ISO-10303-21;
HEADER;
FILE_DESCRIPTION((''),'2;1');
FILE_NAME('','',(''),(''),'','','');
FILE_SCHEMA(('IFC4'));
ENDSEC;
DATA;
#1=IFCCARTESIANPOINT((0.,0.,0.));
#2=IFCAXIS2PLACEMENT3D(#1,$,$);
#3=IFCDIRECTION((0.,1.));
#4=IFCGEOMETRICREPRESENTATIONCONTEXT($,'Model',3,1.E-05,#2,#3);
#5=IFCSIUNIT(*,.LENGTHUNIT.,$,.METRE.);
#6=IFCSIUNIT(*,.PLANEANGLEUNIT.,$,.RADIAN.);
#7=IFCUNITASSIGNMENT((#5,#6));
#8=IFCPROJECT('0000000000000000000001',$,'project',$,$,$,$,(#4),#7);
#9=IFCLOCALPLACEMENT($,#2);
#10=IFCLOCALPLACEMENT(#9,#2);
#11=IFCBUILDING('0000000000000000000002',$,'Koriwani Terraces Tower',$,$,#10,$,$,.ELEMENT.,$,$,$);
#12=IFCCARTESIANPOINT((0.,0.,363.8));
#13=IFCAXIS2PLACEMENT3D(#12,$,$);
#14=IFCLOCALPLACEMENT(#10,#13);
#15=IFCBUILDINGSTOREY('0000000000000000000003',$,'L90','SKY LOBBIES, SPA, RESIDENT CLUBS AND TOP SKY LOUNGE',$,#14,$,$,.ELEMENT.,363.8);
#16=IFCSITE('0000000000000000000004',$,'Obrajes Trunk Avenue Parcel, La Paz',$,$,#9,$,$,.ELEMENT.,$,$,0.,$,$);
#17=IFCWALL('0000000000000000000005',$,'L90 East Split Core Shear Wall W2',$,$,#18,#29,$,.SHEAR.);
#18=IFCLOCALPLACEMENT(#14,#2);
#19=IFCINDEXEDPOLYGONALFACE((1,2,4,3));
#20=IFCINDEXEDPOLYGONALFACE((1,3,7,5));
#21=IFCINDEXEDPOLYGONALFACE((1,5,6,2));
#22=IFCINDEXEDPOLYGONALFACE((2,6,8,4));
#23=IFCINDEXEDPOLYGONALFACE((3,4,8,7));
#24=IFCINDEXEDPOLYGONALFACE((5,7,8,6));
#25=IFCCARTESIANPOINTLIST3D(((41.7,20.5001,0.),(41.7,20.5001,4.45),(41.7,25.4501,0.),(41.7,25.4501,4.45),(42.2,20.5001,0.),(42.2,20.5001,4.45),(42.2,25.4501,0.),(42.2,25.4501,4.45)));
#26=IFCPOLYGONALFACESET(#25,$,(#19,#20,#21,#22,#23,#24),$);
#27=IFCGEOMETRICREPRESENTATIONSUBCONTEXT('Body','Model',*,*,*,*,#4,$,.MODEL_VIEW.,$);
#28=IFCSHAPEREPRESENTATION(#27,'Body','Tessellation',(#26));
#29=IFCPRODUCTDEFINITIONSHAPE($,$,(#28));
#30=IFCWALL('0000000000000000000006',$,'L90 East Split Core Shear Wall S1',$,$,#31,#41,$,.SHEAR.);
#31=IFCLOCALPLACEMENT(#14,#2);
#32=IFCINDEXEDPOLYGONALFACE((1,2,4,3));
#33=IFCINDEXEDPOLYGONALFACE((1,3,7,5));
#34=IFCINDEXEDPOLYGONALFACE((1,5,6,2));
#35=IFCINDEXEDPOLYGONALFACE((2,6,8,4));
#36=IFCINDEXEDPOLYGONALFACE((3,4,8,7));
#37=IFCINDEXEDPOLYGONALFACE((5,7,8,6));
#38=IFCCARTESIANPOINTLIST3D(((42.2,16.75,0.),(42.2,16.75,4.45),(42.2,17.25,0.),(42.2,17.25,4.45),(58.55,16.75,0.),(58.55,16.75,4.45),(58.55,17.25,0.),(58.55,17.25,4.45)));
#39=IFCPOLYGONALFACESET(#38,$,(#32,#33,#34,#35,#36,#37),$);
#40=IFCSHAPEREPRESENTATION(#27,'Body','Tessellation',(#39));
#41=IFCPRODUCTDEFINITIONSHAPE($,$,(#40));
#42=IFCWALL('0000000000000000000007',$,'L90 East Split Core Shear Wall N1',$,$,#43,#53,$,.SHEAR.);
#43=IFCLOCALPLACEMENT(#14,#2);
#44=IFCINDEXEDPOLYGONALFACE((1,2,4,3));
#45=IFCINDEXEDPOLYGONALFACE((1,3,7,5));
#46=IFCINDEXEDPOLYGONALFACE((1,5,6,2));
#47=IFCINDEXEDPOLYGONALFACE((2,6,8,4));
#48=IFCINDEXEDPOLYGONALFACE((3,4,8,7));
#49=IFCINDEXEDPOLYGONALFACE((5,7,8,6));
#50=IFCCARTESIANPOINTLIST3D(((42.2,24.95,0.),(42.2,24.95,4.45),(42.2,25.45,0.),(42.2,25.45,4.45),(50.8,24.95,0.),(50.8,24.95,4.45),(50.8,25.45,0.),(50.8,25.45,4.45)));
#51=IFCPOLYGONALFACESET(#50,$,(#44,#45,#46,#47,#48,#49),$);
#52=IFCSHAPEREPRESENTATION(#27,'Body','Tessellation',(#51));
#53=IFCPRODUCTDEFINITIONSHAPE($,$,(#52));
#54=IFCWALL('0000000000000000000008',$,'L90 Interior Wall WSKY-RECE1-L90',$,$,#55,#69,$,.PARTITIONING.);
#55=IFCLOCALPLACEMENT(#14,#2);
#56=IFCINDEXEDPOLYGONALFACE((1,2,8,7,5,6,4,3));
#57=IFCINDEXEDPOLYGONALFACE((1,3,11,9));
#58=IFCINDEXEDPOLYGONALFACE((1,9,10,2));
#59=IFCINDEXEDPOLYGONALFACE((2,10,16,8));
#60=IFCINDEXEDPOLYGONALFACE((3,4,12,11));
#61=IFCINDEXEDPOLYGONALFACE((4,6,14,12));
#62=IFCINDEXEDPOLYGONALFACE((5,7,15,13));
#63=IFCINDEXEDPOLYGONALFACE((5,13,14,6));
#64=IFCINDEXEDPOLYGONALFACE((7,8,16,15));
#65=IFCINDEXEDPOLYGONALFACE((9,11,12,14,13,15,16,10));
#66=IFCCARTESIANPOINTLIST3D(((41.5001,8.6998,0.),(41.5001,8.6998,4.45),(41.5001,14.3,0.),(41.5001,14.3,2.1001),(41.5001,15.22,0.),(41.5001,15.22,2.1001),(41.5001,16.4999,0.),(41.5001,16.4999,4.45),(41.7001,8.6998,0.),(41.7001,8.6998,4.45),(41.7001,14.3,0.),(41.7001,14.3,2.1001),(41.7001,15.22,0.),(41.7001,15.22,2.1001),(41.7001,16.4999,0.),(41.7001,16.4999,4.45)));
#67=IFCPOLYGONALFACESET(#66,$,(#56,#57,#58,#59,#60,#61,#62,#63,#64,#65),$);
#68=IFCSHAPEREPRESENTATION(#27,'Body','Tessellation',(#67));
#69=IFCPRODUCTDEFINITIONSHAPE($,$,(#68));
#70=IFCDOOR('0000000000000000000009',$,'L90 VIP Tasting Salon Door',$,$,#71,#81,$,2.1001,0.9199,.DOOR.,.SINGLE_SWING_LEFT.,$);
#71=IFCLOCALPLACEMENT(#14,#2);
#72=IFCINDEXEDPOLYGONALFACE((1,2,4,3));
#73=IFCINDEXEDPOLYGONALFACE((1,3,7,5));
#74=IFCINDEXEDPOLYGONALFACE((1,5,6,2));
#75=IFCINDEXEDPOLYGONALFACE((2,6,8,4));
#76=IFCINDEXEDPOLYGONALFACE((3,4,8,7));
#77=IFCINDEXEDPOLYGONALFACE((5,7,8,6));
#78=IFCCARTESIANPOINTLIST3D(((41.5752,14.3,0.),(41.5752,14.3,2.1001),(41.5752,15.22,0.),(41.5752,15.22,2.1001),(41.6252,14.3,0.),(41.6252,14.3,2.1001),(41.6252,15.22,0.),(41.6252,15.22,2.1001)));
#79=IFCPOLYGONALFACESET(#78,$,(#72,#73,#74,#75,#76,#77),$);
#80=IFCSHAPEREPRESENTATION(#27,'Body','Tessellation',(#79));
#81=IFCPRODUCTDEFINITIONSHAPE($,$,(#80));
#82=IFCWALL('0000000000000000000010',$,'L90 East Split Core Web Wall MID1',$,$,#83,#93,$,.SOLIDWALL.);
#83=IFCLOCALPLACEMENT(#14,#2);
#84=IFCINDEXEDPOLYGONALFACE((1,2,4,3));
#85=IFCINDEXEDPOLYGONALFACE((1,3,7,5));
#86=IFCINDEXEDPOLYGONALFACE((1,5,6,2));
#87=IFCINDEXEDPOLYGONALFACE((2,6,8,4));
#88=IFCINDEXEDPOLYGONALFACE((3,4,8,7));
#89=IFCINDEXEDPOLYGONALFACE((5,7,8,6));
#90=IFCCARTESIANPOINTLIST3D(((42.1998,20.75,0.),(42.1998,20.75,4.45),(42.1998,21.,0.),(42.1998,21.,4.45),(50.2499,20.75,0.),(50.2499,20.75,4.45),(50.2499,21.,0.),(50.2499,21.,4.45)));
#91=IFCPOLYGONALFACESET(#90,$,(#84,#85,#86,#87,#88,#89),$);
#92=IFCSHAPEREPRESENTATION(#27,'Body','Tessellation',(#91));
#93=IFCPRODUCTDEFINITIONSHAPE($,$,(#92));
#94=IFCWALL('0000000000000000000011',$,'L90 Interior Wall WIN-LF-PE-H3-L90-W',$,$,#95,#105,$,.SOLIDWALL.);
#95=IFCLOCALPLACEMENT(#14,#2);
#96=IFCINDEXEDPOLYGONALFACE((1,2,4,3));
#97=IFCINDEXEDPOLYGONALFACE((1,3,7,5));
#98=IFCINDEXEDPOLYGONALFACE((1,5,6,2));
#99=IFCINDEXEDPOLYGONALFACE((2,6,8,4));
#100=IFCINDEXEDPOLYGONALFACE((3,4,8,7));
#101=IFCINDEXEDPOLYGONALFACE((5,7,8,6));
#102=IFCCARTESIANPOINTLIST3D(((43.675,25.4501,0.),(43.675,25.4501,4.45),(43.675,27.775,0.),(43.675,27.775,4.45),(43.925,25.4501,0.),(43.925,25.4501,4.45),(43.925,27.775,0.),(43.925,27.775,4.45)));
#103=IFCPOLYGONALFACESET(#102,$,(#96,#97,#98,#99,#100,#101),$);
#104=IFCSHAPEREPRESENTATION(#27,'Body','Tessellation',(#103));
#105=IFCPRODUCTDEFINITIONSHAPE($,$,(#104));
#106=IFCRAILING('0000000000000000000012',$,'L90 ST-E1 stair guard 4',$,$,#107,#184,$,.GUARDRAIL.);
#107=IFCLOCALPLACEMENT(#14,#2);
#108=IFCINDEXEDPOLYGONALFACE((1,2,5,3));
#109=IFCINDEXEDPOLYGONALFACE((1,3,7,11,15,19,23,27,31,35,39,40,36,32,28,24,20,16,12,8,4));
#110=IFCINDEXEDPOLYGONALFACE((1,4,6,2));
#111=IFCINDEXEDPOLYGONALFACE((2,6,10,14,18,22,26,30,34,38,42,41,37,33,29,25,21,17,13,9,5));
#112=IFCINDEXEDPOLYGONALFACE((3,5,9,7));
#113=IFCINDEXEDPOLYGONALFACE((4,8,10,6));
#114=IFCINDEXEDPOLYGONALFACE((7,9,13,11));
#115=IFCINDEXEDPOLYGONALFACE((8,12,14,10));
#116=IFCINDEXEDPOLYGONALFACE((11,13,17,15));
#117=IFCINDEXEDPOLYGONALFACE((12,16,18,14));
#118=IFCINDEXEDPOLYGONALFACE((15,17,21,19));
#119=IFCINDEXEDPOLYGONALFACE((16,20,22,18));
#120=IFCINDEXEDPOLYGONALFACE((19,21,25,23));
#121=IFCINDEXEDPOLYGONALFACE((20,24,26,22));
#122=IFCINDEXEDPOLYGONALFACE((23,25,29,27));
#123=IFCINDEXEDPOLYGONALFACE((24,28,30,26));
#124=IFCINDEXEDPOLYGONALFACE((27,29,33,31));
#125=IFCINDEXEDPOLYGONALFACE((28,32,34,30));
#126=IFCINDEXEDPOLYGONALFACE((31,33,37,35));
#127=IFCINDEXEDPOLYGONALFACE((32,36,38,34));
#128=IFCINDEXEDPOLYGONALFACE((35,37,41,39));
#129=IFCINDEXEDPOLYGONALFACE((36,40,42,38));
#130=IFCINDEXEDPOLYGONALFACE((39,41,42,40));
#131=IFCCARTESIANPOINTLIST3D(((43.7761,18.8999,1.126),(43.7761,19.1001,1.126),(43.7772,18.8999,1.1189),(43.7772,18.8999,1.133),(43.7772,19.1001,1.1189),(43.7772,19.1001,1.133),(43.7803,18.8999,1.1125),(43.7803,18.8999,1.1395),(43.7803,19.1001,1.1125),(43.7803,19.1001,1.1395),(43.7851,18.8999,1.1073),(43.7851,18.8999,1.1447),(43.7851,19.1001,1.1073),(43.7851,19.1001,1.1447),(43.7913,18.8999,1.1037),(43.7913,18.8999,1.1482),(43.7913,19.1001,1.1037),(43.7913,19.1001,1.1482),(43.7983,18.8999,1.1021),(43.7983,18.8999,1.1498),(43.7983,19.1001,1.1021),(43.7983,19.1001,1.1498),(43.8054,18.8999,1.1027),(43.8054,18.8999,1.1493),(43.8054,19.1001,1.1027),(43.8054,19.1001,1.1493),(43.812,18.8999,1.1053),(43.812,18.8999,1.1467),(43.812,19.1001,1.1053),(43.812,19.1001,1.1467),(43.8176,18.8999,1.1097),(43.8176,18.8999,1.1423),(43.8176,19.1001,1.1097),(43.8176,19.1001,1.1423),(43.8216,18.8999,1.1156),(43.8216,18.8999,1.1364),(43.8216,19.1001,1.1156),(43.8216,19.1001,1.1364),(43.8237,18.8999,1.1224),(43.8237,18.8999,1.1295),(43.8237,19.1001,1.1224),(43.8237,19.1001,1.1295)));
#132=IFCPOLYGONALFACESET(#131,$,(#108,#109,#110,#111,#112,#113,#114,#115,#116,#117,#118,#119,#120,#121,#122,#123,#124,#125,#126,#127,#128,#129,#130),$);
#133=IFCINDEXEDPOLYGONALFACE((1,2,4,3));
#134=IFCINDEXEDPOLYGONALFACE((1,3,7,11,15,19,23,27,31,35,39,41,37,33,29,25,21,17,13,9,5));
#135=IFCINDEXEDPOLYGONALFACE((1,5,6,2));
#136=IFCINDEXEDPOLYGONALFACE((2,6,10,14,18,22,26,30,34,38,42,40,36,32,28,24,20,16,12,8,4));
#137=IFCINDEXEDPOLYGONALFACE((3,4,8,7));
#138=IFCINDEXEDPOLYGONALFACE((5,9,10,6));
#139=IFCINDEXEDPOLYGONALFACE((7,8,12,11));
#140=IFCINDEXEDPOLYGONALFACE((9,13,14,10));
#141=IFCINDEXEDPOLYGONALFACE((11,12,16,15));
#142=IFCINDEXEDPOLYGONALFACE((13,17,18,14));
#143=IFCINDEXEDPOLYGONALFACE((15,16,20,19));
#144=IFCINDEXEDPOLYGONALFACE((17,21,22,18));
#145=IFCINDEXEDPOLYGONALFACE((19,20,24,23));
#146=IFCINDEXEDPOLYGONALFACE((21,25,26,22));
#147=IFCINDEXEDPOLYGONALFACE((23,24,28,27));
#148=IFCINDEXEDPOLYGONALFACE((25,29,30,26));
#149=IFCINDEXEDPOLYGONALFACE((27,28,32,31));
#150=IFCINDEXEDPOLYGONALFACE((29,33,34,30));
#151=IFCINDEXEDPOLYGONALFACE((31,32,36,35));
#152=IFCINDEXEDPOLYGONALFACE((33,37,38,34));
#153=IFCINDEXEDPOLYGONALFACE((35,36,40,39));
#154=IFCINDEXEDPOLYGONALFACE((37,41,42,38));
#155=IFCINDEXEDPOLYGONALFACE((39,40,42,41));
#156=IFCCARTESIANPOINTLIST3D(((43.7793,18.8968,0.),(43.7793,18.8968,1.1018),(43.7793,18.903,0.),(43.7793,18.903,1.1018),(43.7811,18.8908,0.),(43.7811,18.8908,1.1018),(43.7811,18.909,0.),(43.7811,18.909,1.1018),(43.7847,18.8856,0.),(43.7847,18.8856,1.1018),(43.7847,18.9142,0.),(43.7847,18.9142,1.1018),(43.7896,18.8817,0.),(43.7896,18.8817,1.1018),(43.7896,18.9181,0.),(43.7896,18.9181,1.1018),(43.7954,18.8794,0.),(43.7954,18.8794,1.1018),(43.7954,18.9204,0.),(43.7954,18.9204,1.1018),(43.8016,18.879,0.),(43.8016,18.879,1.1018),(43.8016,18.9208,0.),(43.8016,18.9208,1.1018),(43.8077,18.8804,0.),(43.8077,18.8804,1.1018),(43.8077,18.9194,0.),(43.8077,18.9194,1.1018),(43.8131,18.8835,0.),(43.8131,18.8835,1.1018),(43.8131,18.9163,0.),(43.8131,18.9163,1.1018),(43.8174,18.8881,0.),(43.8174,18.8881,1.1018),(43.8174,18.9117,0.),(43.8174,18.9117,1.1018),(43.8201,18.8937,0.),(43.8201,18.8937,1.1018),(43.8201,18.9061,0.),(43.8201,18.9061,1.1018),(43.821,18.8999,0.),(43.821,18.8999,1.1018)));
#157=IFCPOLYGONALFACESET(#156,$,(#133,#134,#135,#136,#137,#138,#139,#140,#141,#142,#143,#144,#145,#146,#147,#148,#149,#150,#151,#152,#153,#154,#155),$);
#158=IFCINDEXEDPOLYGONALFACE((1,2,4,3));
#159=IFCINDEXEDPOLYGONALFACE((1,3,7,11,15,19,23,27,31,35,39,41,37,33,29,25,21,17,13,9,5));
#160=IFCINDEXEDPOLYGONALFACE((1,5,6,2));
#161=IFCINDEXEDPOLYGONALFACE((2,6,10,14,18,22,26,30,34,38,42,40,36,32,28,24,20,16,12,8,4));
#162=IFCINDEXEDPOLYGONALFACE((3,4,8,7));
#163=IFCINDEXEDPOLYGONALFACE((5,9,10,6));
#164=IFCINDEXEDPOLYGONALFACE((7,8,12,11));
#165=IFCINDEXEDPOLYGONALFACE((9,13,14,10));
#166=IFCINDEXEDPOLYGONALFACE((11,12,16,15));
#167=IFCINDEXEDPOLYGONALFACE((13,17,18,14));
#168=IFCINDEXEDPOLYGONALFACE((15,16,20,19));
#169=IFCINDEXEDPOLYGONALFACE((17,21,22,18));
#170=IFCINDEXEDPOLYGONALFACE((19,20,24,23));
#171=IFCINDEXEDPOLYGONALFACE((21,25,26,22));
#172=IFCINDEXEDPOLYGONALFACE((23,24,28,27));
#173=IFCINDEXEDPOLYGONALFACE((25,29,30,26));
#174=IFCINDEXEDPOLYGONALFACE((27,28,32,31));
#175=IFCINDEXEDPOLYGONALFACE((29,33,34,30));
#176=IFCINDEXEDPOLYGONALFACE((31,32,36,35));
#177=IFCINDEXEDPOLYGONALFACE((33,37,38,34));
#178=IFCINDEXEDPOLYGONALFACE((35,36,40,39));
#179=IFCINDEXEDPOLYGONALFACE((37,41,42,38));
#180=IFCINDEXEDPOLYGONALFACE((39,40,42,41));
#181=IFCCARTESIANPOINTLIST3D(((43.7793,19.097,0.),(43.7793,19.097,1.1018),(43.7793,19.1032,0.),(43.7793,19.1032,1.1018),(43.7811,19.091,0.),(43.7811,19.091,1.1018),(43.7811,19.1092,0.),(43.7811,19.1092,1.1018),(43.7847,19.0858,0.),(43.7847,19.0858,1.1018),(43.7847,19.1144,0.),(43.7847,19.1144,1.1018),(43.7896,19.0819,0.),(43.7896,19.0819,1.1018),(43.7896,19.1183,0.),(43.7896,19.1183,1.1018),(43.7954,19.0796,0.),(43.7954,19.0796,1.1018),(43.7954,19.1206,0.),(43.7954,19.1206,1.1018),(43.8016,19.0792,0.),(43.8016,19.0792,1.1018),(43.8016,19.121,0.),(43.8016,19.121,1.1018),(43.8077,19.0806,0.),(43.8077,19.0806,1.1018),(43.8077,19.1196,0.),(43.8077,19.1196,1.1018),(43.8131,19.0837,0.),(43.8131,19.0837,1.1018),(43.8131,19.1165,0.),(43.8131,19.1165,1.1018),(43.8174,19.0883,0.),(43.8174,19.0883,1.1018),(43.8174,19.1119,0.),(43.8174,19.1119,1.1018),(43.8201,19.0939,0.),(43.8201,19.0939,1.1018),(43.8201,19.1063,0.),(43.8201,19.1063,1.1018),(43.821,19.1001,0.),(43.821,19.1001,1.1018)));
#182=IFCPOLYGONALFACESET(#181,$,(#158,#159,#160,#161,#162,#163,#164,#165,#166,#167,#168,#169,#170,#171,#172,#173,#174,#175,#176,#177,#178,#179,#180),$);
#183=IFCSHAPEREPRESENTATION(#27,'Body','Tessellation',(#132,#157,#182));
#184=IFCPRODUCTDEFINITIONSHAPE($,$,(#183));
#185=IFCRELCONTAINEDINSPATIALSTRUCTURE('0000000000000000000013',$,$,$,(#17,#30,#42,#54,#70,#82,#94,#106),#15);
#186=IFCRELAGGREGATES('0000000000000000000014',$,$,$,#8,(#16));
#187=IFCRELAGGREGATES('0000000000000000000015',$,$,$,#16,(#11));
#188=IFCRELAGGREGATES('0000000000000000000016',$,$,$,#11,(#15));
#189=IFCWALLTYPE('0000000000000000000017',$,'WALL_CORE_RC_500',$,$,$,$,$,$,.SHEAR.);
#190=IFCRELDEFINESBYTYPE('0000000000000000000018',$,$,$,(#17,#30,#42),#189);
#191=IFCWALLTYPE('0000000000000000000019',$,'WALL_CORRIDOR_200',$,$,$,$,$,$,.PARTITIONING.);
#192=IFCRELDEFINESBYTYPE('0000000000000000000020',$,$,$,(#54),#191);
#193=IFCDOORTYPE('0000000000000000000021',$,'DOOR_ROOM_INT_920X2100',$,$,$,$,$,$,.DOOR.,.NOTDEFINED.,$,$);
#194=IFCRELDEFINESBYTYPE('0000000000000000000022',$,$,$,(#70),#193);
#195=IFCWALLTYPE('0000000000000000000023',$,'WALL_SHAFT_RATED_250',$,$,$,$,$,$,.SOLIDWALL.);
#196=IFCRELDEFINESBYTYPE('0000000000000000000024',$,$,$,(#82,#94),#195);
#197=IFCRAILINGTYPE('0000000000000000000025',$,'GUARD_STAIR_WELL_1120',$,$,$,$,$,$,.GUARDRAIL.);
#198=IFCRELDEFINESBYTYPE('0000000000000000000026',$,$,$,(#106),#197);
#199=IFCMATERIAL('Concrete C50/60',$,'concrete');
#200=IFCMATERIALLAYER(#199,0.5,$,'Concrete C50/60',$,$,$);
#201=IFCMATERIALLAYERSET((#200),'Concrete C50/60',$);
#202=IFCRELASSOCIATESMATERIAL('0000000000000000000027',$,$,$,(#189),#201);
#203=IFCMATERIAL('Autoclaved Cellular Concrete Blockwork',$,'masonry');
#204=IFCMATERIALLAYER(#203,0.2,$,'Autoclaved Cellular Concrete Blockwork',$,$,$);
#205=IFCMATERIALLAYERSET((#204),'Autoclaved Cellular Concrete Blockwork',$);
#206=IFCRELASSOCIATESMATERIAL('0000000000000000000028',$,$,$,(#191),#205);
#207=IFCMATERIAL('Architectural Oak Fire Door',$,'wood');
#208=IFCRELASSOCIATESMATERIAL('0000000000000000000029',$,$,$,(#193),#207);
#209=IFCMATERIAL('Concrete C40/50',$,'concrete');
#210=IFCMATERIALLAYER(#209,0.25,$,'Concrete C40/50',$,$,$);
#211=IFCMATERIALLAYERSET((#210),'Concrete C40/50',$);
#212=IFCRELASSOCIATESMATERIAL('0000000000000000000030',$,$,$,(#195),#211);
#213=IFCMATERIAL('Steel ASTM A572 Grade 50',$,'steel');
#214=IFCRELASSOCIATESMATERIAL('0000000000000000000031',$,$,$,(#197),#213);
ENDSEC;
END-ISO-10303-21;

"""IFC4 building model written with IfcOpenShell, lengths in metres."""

from ifc_helpers import new_model, si_unit, direction, frame, frame_2d, origin, origin_2d, place, context, subcontext, project, spatial, rectangle, circle, extrude, material, layer, layer_set, type_object, element, fill, save


model = new_model("IFC4")

# Units and contexts
model_context = context("Model", 3, precision=1e-05, world=origin(), true_north=direction((0.0, 1.0)))
body_context = subcontext(model_context, "Body", "Model", "MODEL_VIEW")
ifc_project = project(units=[si_unit("LENGTHUNIT", "METRE"), si_unit("PLANEANGLEUNIT", "RADIAN")], contexts=[model_context])

# Site, building, storey
site_placement = place(None, origin())
site = spatial("IfcSite", under=ifc_project, at=site_placement, Name="Obrajes Trunk Avenue Parcel, La Paz", CompositionType="ELEMENT", RefElevation=0.0)
building_placement = place(site_placement, origin())
building = spatial("IfcBuilding", under=site, at=building_placement, Name="Koriwani Terraces Tower", CompositionType="ELEMENT")
storey_placement = place(building_placement, frame((0.0, 0.0, 363.8)))
storey = spatial("IfcBuildingStorey", under=building, at=storey_placement, Name="L90", Description="SKY LOBBIES, SPA, RESIDENT CLUBS AND TOP SKY LOUNGE", CompositionType="ELEMENT", Elevation=363.8)

# Shared definitions
ifc_material_1 = material(Name="Concrete C50/60", Category="concrete")

# Shared definitions
ifc_material_2 = material(Name="Concrete C40/50", Category="concrete")
ifc_material_3 = material(Name="Steel ASTM A572 Grade 50", Category="steel")

# Walls
ifc_layer_1 = layer(ifc_material_1, 0.5, Name="Concrete C50/60")
ifc_layer_set_1 = layer_set([ifc_layer_1], Name="Concrete C50/60")
wall_type_1 = type_object("IfcWallType", Name="WALL_CORE_RC_500", PredefinedType="SHEAR", material=ifc_layer_set_1)
wall_1_placement = place(storey_placement, frame((41.95, 20.5, 0.0), z_axis=(0.0, 0.0, 1.0), x_axis=(0.0, 1.0, 0.0)))
element("IfcWall", 1, at=wall_1_placement, inside=storey, type_object=wall_type_1, Name="L90 East Split Core Shear Wall W2", PredefinedType="SHEAR", context=body_context, shape_type="SweptSolid", body=[
    extrude(rectangle(XDim=4.95, YDim=0.5, at=frame_2d((2.4751, 0.0))), origin(), (0.0, 0.0, 1.0), 4.45),
])
wall_2_placement = place(storey_placement, frame((42.2, 17.0, 0.0), z_axis=(0.0, 0.0, 1.0), x_axis=(1.0, 0.0, 0.0)))
element("IfcWall", 2, at=wall_2_placement, inside=storey, type_object=wall_type_1, Name="L90 East Split Core Shear Wall S1", PredefinedType="SHEAR", context=body_context, shape_type="SweptSolid", body=[
    extrude(rectangle(XDim=16.3501, YDim=0.5, at=frame_2d((8.175, 0.0))), origin(), (0.0, 0.0, 1.0), 4.45),
])
wall_3_placement = place(storey_placement, frame((42.2, 25.2, 0.0), z_axis=(0.0, 0.0, 1.0), x_axis=(1.0, 0.0, 0.0)))
element("IfcWall", 3, at=wall_3_placement, inside=storey, type_object=wall_type_1, Name="L90 East Split Core Shear Wall N1", PredefinedType="SHEAR", context=body_context, shape_type="SweptSolid", body=[
    extrude(rectangle(XDim=8.6001, YDim=0.5, at=frame_2d((4.3, 0.0))), origin(), (0.0, 0.0, 1.0), 4.45),
])

# Wall, opening, door
ifc_material_4 = material(Name="Autoclaved Cellular Concrete Blockwork", Category="masonry")
ifc_layer_2 = layer(ifc_material_4, 0.2, Name="Autoclaved Cellular Concrete Blockwork")
ifc_layer_set_2 = layer_set([ifc_layer_2], Name="Autoclaved Cellular Concrete Blockwork")
wall_type_2 = type_object("IfcWallType", Name="WALL_CORRIDOR_200", PredefinedType="PARTITIONING", material=ifc_layer_set_2)
wall_4_placement = place(storey_placement, frame((41.6001, 8.7, 0.0), z_axis=(0.0, 0.0, 1.0), x_axis=(0.0, 1.0, 0.0)))
wall_4 = element("IfcWall", 4, at=wall_4_placement, inside=storey, type_object=wall_type_2, Name="L90 Interior Wall WSKY-RECE1-L90", PredefinedType="PARTITIONING", context=body_context, shape_type="SweptSolid", body=[
    extrude(rectangle(XDim=7.8, YDim=0.2, at=frame_2d((3.8999, 0.0))), origin(), (0.0, 0.0, 1.0), 4.45),
])
opening_1_placement = place(wall_4_placement, frame((5.6001, 0.0, 0.0)))
opening_1 = element("IfcOpeningElement", 5, at=opening_1_placement, cuts=wall_4, PredefinedType="OPENING", context=body_context, shape_type="SweptSolid", body=[
    extrude(rectangle(XDim=0.9199, YDim=2.1001, at=frame_2d((0.46, 1.05))), frame((0.0, 0.1099, 0.0), z_axis=(0.0, -1.0, 0.0), x_axis=(1.0, 0.0, 0.0)), (0.0, 0.0, 1.0), 0.22),
])
ifc_material_5 = material(Name="Architectural Oak Fire Door", Category="wood")
door_type_1 = type_object("IfcDoorType", Name="DOOR_ROOM_INT_920X2100", OperationType="NOTDEFINED", PredefinedType="DOOR", material=ifc_material_5)
door_1_placement = place(opening_1_placement, origin())
door_1 = element("IfcDoor", 6, at=door_1_placement, inside=storey, type_object=door_type_1, Name="L90 VIP Tasting Salon Door", OperationType="SINGLE_SWING_LEFT", OverallHeight=2.1001, OverallWidth=0.9199, PredefinedType="DOOR", context=body_context, shape_type="SweptSolid", body=[
    extrude(rectangle(XDim=0.9199, YDim=2.1001, at=frame_2d((0.46, 1.05))), frame((0.0, 0.0249, 0.0), z_axis=(0.0, -1.0, 0.0), x_axis=(1.0, 0.0, 0.0)), (0.0, 0.0, 1.0), 0.05),
])
fill(opening_1, door_1)

# Wall
ifc_layer_3 = layer(ifc_material_2, 0.25, Name="Concrete C40/50")
ifc_layer_set_3 = layer_set([ifc_layer_3], Name="Concrete C40/50")
wall_type_3 = type_object("IfcWallType", Name="WALL_SHAFT_RATED_250", PredefinedType="SOLIDWALL", material=ifc_layer_set_3)
wall_5_placement = place(storey_placement, frame((42.2, 20.875, 0.0), z_axis=(0.0, 0.0, 1.0), x_axis=(1.0, 0.0, 0.0)))
element("IfcWall", 7, at=wall_5_placement, inside=storey, type_object=wall_type_3, Name="L90 East Split Core Web Wall MID1", PredefinedType="SOLIDWALL", context=body_context, shape_type="SweptSolid", body=[
    extrude(rectangle(XDim=8.05, YDim=0.25, at=frame_2d((4.0249, 0.0))), origin(), (0.0, 0.0, 1.0), 4.45),
])

# Wall
wall_6_placement = place(storey_placement, frame((43.8, 25.45, 0.0), z_axis=(0.0, 0.0, 1.0), x_axis=(0.0, 1.0, 0.0)))
element("IfcWall", 8, at=wall_6_placement, inside=storey, type_object=wall_type_3, Name="L90 Interior Wall WIN-LF-PE-H3-L90-W", PredefinedType="SOLIDWALL", context=body_context, shape_type="SweptSolid", body=[
    extrude(rectangle(XDim=2.325, YDim=0.25, at=frame_2d((1.1626, 0.0))), origin(), (0.0, 0.0, 1.0), 4.45),
])

# Railing
railing_type_1 = type_object("IfcRailingType", Name="GUARD_STAIR_WELL_1120", PredefinedType="GUARDRAIL", material=ifc_material_3)
railing_1_placement = place(storey_placement, frame((43.8, 18.8999, 0.0)))
element("IfcRailing", 9, at=railing_1_placement, inside=storey, type_object=railing_type_1, Name="L90 ST-E1 stair guard 4", PredefinedType="GUARDRAIL", context=body_context, shape_type="SweptSolid", body=[
    extrude(circle(Radius=0.0239, at=origin_2d()), frame((0.0, 0.0, 1.126), z_axis=(0.0, 1.0, 0.0), x_axis=(-1.0, 0.0, 0.0)), (0.0, 0.0, 1.0), 0.2002),
    extrude(circle(Radius=0.021, at=origin_2d()), origin(), (0.0, 0.0, 1.0), 1.1018),
    extrude(circle(Radius=0.021, at=origin_2d()), frame((0.0, 0.2002, 0.0)), (0.0, 0.0, 1.0), 1.1018),
])

save(model, "model.ifc")
